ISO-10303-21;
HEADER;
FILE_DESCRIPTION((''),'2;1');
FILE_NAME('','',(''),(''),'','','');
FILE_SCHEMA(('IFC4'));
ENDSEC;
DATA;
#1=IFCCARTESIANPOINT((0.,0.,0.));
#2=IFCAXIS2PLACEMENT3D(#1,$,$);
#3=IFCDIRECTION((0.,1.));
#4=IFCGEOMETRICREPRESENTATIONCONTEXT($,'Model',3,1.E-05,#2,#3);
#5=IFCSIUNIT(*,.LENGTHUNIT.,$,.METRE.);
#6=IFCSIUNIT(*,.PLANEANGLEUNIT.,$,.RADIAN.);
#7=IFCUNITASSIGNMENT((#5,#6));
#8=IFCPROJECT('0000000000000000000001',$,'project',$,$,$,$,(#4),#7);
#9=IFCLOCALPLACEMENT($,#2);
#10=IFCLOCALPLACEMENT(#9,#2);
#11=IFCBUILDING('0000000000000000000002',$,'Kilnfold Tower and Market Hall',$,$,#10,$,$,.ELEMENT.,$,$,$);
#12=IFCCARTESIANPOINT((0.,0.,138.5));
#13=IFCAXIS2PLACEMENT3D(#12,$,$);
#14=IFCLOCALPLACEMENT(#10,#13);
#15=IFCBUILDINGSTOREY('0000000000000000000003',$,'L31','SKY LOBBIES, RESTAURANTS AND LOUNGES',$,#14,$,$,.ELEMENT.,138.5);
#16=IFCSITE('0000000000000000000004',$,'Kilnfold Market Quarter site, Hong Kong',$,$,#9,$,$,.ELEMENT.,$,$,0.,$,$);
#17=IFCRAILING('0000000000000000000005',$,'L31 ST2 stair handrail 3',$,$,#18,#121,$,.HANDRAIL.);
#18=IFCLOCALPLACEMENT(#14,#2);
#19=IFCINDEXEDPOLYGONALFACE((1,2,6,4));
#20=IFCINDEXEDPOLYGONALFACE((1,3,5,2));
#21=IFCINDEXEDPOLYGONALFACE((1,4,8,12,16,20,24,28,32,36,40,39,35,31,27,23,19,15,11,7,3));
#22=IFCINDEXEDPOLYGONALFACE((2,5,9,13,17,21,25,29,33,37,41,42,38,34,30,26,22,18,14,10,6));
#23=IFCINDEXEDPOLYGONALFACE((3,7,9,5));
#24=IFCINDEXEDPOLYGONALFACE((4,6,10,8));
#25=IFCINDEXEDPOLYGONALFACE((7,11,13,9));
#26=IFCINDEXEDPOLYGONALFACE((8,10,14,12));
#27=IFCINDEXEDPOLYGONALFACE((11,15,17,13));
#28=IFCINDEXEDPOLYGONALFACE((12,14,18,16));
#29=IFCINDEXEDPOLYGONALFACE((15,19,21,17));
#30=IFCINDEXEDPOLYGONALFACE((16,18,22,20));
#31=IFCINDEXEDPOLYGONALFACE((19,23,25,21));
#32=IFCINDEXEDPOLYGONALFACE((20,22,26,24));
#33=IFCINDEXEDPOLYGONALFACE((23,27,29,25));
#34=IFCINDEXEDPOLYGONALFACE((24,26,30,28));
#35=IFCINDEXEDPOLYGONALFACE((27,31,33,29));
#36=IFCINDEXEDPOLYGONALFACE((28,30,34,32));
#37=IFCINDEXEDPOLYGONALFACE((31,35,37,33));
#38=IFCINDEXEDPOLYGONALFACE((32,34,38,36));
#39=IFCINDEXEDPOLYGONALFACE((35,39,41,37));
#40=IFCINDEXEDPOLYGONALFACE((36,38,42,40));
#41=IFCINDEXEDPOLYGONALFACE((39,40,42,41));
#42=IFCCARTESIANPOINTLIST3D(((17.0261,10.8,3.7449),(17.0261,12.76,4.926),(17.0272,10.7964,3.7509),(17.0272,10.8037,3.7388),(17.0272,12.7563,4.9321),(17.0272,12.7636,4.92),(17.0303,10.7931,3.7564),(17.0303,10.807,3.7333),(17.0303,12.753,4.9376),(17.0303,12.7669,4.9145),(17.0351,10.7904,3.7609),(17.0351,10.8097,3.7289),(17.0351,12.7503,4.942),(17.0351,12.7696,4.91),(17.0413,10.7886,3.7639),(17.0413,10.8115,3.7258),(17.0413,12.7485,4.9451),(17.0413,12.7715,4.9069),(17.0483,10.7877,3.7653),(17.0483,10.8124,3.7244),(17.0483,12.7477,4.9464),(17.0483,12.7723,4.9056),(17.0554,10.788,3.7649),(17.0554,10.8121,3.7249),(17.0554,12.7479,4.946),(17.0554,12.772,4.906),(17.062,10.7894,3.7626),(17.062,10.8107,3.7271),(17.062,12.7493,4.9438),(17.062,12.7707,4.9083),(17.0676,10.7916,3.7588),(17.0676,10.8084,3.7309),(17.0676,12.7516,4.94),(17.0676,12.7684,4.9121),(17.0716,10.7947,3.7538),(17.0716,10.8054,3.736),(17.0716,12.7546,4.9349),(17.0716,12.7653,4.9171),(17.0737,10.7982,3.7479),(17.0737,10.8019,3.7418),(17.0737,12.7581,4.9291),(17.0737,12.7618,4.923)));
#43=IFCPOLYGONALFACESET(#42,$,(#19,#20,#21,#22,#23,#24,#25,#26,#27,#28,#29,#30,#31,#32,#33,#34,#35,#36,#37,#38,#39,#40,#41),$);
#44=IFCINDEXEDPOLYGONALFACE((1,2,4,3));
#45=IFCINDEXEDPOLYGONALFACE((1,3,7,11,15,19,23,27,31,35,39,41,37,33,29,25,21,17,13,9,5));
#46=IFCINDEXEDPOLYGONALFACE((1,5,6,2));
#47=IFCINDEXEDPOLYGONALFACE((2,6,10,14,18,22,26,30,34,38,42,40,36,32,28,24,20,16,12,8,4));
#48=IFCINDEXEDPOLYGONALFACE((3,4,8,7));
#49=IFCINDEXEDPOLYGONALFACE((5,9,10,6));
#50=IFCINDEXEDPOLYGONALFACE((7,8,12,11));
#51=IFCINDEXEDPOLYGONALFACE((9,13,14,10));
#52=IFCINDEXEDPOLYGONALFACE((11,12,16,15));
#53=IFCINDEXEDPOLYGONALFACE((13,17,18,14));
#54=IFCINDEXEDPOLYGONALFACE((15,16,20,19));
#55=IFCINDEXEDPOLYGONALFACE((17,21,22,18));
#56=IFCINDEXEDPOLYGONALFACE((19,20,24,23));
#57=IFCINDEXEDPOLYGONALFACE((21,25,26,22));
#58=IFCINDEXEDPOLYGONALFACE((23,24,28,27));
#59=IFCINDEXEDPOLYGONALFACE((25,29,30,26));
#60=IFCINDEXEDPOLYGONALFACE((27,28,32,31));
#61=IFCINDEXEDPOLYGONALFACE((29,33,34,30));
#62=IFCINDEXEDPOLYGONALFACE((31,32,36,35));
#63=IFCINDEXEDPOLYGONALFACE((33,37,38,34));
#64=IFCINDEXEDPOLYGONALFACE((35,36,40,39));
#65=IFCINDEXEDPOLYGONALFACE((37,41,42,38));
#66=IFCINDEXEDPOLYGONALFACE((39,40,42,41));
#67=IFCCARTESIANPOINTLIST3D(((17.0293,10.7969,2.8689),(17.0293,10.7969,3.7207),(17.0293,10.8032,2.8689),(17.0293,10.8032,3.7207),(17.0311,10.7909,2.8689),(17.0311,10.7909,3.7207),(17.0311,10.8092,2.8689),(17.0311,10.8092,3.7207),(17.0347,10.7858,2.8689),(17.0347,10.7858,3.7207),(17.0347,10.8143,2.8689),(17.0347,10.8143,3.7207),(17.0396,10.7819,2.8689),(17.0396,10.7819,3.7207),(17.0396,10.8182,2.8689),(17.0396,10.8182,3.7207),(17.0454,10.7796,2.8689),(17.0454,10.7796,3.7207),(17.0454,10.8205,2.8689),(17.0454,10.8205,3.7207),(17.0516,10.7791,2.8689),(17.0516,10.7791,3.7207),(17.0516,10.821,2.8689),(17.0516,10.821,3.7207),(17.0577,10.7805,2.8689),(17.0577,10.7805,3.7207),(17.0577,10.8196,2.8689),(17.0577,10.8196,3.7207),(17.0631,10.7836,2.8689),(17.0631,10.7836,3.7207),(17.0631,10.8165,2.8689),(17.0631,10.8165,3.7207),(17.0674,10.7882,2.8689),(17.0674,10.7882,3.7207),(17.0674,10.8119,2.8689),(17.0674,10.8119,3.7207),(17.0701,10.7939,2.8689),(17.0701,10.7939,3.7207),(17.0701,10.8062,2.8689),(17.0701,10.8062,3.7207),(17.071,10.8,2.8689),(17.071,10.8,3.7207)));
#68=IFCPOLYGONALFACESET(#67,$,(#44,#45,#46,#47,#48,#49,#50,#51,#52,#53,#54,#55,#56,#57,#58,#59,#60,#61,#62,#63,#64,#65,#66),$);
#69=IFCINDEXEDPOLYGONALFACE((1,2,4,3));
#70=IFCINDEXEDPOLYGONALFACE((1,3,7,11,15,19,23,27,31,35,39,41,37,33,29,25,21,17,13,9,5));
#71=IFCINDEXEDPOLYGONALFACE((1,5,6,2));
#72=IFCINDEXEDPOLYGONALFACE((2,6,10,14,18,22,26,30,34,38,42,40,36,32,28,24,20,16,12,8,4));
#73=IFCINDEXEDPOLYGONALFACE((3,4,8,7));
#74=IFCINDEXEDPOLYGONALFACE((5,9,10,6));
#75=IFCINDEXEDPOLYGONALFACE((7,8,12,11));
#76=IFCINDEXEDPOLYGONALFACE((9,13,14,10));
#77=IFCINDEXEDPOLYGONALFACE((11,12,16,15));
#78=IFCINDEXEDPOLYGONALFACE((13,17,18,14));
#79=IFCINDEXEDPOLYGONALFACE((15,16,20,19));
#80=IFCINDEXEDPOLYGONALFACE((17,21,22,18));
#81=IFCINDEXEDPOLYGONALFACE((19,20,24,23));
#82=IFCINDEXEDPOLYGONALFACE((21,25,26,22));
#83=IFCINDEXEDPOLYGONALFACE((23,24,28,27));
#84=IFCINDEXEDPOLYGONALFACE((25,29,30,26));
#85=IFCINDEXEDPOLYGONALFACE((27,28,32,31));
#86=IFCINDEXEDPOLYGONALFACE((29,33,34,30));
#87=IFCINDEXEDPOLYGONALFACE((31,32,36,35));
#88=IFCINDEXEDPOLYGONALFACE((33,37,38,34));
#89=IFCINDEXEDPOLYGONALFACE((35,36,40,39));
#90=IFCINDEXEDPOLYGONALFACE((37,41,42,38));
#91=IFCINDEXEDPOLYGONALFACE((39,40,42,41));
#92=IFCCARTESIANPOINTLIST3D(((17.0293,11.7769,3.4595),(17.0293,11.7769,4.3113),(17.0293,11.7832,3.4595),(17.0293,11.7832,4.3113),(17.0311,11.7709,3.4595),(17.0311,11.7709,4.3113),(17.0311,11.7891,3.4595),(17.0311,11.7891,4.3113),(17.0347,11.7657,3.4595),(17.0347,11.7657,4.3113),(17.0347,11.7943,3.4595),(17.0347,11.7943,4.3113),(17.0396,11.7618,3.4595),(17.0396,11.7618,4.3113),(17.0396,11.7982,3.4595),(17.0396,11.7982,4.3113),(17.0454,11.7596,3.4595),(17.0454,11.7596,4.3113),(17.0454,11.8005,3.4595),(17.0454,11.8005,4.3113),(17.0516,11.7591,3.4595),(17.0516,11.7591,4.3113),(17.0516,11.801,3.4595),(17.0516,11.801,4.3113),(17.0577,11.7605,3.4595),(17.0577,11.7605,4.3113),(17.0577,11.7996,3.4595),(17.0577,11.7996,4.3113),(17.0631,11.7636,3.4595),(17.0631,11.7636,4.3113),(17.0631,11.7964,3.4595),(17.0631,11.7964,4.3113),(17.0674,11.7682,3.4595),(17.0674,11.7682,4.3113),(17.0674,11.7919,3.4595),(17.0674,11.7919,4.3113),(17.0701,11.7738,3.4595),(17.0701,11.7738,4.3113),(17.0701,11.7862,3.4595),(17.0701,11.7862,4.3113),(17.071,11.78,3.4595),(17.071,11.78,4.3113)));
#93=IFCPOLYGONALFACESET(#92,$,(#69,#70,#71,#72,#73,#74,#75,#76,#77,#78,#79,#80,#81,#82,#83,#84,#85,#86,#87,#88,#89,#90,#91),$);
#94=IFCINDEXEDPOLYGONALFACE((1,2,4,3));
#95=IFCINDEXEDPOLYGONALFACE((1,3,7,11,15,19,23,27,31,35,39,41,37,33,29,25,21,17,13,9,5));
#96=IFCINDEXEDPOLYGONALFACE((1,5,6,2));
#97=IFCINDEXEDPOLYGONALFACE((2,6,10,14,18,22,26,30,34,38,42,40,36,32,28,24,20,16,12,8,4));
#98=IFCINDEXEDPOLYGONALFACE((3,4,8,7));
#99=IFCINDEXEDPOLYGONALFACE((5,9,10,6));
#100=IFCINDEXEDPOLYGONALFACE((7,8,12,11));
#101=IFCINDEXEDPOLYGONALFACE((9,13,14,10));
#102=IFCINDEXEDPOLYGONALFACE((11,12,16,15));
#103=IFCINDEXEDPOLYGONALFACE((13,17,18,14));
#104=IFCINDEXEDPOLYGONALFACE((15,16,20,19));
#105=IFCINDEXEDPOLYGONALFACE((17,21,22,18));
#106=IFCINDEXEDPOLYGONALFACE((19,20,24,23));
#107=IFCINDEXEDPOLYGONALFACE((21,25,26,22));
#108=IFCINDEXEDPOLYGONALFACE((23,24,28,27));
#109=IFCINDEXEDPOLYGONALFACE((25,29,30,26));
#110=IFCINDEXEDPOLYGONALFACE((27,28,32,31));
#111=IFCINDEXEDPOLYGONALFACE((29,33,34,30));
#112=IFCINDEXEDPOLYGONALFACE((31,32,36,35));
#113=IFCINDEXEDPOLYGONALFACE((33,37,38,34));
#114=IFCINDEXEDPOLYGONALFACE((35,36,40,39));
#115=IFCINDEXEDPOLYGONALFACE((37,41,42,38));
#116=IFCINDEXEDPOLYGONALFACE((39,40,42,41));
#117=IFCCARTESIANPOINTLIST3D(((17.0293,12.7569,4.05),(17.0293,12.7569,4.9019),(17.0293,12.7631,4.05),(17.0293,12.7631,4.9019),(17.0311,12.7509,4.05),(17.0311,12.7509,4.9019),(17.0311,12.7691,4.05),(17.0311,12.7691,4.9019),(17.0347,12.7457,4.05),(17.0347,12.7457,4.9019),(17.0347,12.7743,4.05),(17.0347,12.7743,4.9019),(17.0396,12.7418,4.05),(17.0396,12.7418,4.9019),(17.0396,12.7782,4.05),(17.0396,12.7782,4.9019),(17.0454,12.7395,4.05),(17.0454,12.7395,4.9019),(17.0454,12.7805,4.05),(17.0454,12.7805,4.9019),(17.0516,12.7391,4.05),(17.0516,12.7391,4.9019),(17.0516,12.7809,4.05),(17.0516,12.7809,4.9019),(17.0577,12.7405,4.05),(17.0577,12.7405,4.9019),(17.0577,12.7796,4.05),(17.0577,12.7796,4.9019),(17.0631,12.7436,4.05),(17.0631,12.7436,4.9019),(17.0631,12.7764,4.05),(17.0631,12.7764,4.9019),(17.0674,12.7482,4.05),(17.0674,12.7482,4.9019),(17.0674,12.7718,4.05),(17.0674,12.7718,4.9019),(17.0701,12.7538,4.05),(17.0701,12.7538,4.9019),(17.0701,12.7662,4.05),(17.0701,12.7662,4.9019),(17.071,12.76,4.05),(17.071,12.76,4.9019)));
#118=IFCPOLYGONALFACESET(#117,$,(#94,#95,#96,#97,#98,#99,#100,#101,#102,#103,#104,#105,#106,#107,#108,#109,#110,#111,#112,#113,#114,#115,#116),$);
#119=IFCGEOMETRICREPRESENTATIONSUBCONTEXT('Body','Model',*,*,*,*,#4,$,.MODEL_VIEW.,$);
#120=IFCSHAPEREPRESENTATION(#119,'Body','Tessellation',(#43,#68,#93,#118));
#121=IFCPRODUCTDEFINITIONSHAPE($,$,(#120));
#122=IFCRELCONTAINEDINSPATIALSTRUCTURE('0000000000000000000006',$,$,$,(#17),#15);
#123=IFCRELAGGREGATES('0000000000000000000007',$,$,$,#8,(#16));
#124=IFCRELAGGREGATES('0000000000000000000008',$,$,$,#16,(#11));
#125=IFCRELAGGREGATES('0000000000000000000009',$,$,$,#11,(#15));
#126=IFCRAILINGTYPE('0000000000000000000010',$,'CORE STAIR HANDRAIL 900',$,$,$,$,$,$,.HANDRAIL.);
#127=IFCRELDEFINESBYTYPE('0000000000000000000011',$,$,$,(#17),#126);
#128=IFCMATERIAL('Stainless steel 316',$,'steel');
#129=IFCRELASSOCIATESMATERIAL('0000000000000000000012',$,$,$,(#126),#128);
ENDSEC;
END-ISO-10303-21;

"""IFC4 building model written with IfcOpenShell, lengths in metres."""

from ifc_helpers import new_model, si_unit, direction, frame, origin, origin_2d, place, context, subcontext, project, spatial, circle, extrude, material, type_object, element, save


model = new_model("IFC4")

# Units and contexts
model_context = context("Model", 3, precision=1e-05, world=origin(), true_north=direction((0.0, 1.0)))
body_context = subcontext(model_context, "Body", "Model", "MODEL_VIEW")
ifc_project = project(units=[si_unit("LENGTHUNIT", "METRE"), si_unit("PLANEANGLEUNIT", "RADIAN")], contexts=[model_context])

# Site, building, storey
site_placement = place(None, origin())
site = spatial("IfcSite", under=ifc_project, at=site_placement, Name="Kilnfold Market Quarter site, Hong Kong", CompositionType="ELEMENT", RefElevation=0.0)
building_placement = place(site_placement, origin())
building = spatial("IfcBuilding", under=site, at=building_placement, Name="Kilnfold Tower and Market Hall", CompositionType="ELEMENT")
storey_placement = place(building_placement, frame((0.0, 0.0, 138.5)))
storey = spatial("IfcBuildingStorey", under=building, at=storey_placement, Name="L31", Description="SKY LOBBIES, RESTAURANTS AND LOUNGES", CompositionType="ELEMENT", Elevation=138.5)

# Railing
ifc_material_1 = material(Name="Stainless steel 316", Category="steel")
railing_type_1 = type_object("IfcRailingType", Name="CORE STAIR HANDRAIL 900", PredefinedType="HANDRAIL", material=ifc_material_1)
railing_1_placement = place(storey_placement, frame((17.05, 10.8, 2.8689)))
element("IfcRailing", 1, at=railing_1_placement, inside=storey, type_object=railing_type_1, Name="L31 ST2 stair handrail 3", PredefinedType="HANDRAIL", context=body_context, shape_type="SweptSolid", body=[
    extrude(circle(Radius=0.0239, at=origin_2d()), frame((0.0, 0.0, 0.876), z_axis=(0.0, 0.856493, 0.516158), x_axis=(-1.0, 0.0, 0.0)), (0.0, 0.0, 1.0), 2.2883),
    extrude(circle(Radius=0.021, at=origin_2d()), origin(), (0.0, 0.0, 1.0), 0.8518),
    extrude(circle(Radius=0.021, at=origin_2d()), frame((0.0, 0.98, 0.5906)), (0.0, 0.0, 1.0), 0.8518),
    extrude(circle(Radius=0.021, at=origin_2d()), frame((0.0, 1.96, 1.1812)), (0.0, 0.0, 1.0), 0.8518),
])

save(model, "model.ifc")
